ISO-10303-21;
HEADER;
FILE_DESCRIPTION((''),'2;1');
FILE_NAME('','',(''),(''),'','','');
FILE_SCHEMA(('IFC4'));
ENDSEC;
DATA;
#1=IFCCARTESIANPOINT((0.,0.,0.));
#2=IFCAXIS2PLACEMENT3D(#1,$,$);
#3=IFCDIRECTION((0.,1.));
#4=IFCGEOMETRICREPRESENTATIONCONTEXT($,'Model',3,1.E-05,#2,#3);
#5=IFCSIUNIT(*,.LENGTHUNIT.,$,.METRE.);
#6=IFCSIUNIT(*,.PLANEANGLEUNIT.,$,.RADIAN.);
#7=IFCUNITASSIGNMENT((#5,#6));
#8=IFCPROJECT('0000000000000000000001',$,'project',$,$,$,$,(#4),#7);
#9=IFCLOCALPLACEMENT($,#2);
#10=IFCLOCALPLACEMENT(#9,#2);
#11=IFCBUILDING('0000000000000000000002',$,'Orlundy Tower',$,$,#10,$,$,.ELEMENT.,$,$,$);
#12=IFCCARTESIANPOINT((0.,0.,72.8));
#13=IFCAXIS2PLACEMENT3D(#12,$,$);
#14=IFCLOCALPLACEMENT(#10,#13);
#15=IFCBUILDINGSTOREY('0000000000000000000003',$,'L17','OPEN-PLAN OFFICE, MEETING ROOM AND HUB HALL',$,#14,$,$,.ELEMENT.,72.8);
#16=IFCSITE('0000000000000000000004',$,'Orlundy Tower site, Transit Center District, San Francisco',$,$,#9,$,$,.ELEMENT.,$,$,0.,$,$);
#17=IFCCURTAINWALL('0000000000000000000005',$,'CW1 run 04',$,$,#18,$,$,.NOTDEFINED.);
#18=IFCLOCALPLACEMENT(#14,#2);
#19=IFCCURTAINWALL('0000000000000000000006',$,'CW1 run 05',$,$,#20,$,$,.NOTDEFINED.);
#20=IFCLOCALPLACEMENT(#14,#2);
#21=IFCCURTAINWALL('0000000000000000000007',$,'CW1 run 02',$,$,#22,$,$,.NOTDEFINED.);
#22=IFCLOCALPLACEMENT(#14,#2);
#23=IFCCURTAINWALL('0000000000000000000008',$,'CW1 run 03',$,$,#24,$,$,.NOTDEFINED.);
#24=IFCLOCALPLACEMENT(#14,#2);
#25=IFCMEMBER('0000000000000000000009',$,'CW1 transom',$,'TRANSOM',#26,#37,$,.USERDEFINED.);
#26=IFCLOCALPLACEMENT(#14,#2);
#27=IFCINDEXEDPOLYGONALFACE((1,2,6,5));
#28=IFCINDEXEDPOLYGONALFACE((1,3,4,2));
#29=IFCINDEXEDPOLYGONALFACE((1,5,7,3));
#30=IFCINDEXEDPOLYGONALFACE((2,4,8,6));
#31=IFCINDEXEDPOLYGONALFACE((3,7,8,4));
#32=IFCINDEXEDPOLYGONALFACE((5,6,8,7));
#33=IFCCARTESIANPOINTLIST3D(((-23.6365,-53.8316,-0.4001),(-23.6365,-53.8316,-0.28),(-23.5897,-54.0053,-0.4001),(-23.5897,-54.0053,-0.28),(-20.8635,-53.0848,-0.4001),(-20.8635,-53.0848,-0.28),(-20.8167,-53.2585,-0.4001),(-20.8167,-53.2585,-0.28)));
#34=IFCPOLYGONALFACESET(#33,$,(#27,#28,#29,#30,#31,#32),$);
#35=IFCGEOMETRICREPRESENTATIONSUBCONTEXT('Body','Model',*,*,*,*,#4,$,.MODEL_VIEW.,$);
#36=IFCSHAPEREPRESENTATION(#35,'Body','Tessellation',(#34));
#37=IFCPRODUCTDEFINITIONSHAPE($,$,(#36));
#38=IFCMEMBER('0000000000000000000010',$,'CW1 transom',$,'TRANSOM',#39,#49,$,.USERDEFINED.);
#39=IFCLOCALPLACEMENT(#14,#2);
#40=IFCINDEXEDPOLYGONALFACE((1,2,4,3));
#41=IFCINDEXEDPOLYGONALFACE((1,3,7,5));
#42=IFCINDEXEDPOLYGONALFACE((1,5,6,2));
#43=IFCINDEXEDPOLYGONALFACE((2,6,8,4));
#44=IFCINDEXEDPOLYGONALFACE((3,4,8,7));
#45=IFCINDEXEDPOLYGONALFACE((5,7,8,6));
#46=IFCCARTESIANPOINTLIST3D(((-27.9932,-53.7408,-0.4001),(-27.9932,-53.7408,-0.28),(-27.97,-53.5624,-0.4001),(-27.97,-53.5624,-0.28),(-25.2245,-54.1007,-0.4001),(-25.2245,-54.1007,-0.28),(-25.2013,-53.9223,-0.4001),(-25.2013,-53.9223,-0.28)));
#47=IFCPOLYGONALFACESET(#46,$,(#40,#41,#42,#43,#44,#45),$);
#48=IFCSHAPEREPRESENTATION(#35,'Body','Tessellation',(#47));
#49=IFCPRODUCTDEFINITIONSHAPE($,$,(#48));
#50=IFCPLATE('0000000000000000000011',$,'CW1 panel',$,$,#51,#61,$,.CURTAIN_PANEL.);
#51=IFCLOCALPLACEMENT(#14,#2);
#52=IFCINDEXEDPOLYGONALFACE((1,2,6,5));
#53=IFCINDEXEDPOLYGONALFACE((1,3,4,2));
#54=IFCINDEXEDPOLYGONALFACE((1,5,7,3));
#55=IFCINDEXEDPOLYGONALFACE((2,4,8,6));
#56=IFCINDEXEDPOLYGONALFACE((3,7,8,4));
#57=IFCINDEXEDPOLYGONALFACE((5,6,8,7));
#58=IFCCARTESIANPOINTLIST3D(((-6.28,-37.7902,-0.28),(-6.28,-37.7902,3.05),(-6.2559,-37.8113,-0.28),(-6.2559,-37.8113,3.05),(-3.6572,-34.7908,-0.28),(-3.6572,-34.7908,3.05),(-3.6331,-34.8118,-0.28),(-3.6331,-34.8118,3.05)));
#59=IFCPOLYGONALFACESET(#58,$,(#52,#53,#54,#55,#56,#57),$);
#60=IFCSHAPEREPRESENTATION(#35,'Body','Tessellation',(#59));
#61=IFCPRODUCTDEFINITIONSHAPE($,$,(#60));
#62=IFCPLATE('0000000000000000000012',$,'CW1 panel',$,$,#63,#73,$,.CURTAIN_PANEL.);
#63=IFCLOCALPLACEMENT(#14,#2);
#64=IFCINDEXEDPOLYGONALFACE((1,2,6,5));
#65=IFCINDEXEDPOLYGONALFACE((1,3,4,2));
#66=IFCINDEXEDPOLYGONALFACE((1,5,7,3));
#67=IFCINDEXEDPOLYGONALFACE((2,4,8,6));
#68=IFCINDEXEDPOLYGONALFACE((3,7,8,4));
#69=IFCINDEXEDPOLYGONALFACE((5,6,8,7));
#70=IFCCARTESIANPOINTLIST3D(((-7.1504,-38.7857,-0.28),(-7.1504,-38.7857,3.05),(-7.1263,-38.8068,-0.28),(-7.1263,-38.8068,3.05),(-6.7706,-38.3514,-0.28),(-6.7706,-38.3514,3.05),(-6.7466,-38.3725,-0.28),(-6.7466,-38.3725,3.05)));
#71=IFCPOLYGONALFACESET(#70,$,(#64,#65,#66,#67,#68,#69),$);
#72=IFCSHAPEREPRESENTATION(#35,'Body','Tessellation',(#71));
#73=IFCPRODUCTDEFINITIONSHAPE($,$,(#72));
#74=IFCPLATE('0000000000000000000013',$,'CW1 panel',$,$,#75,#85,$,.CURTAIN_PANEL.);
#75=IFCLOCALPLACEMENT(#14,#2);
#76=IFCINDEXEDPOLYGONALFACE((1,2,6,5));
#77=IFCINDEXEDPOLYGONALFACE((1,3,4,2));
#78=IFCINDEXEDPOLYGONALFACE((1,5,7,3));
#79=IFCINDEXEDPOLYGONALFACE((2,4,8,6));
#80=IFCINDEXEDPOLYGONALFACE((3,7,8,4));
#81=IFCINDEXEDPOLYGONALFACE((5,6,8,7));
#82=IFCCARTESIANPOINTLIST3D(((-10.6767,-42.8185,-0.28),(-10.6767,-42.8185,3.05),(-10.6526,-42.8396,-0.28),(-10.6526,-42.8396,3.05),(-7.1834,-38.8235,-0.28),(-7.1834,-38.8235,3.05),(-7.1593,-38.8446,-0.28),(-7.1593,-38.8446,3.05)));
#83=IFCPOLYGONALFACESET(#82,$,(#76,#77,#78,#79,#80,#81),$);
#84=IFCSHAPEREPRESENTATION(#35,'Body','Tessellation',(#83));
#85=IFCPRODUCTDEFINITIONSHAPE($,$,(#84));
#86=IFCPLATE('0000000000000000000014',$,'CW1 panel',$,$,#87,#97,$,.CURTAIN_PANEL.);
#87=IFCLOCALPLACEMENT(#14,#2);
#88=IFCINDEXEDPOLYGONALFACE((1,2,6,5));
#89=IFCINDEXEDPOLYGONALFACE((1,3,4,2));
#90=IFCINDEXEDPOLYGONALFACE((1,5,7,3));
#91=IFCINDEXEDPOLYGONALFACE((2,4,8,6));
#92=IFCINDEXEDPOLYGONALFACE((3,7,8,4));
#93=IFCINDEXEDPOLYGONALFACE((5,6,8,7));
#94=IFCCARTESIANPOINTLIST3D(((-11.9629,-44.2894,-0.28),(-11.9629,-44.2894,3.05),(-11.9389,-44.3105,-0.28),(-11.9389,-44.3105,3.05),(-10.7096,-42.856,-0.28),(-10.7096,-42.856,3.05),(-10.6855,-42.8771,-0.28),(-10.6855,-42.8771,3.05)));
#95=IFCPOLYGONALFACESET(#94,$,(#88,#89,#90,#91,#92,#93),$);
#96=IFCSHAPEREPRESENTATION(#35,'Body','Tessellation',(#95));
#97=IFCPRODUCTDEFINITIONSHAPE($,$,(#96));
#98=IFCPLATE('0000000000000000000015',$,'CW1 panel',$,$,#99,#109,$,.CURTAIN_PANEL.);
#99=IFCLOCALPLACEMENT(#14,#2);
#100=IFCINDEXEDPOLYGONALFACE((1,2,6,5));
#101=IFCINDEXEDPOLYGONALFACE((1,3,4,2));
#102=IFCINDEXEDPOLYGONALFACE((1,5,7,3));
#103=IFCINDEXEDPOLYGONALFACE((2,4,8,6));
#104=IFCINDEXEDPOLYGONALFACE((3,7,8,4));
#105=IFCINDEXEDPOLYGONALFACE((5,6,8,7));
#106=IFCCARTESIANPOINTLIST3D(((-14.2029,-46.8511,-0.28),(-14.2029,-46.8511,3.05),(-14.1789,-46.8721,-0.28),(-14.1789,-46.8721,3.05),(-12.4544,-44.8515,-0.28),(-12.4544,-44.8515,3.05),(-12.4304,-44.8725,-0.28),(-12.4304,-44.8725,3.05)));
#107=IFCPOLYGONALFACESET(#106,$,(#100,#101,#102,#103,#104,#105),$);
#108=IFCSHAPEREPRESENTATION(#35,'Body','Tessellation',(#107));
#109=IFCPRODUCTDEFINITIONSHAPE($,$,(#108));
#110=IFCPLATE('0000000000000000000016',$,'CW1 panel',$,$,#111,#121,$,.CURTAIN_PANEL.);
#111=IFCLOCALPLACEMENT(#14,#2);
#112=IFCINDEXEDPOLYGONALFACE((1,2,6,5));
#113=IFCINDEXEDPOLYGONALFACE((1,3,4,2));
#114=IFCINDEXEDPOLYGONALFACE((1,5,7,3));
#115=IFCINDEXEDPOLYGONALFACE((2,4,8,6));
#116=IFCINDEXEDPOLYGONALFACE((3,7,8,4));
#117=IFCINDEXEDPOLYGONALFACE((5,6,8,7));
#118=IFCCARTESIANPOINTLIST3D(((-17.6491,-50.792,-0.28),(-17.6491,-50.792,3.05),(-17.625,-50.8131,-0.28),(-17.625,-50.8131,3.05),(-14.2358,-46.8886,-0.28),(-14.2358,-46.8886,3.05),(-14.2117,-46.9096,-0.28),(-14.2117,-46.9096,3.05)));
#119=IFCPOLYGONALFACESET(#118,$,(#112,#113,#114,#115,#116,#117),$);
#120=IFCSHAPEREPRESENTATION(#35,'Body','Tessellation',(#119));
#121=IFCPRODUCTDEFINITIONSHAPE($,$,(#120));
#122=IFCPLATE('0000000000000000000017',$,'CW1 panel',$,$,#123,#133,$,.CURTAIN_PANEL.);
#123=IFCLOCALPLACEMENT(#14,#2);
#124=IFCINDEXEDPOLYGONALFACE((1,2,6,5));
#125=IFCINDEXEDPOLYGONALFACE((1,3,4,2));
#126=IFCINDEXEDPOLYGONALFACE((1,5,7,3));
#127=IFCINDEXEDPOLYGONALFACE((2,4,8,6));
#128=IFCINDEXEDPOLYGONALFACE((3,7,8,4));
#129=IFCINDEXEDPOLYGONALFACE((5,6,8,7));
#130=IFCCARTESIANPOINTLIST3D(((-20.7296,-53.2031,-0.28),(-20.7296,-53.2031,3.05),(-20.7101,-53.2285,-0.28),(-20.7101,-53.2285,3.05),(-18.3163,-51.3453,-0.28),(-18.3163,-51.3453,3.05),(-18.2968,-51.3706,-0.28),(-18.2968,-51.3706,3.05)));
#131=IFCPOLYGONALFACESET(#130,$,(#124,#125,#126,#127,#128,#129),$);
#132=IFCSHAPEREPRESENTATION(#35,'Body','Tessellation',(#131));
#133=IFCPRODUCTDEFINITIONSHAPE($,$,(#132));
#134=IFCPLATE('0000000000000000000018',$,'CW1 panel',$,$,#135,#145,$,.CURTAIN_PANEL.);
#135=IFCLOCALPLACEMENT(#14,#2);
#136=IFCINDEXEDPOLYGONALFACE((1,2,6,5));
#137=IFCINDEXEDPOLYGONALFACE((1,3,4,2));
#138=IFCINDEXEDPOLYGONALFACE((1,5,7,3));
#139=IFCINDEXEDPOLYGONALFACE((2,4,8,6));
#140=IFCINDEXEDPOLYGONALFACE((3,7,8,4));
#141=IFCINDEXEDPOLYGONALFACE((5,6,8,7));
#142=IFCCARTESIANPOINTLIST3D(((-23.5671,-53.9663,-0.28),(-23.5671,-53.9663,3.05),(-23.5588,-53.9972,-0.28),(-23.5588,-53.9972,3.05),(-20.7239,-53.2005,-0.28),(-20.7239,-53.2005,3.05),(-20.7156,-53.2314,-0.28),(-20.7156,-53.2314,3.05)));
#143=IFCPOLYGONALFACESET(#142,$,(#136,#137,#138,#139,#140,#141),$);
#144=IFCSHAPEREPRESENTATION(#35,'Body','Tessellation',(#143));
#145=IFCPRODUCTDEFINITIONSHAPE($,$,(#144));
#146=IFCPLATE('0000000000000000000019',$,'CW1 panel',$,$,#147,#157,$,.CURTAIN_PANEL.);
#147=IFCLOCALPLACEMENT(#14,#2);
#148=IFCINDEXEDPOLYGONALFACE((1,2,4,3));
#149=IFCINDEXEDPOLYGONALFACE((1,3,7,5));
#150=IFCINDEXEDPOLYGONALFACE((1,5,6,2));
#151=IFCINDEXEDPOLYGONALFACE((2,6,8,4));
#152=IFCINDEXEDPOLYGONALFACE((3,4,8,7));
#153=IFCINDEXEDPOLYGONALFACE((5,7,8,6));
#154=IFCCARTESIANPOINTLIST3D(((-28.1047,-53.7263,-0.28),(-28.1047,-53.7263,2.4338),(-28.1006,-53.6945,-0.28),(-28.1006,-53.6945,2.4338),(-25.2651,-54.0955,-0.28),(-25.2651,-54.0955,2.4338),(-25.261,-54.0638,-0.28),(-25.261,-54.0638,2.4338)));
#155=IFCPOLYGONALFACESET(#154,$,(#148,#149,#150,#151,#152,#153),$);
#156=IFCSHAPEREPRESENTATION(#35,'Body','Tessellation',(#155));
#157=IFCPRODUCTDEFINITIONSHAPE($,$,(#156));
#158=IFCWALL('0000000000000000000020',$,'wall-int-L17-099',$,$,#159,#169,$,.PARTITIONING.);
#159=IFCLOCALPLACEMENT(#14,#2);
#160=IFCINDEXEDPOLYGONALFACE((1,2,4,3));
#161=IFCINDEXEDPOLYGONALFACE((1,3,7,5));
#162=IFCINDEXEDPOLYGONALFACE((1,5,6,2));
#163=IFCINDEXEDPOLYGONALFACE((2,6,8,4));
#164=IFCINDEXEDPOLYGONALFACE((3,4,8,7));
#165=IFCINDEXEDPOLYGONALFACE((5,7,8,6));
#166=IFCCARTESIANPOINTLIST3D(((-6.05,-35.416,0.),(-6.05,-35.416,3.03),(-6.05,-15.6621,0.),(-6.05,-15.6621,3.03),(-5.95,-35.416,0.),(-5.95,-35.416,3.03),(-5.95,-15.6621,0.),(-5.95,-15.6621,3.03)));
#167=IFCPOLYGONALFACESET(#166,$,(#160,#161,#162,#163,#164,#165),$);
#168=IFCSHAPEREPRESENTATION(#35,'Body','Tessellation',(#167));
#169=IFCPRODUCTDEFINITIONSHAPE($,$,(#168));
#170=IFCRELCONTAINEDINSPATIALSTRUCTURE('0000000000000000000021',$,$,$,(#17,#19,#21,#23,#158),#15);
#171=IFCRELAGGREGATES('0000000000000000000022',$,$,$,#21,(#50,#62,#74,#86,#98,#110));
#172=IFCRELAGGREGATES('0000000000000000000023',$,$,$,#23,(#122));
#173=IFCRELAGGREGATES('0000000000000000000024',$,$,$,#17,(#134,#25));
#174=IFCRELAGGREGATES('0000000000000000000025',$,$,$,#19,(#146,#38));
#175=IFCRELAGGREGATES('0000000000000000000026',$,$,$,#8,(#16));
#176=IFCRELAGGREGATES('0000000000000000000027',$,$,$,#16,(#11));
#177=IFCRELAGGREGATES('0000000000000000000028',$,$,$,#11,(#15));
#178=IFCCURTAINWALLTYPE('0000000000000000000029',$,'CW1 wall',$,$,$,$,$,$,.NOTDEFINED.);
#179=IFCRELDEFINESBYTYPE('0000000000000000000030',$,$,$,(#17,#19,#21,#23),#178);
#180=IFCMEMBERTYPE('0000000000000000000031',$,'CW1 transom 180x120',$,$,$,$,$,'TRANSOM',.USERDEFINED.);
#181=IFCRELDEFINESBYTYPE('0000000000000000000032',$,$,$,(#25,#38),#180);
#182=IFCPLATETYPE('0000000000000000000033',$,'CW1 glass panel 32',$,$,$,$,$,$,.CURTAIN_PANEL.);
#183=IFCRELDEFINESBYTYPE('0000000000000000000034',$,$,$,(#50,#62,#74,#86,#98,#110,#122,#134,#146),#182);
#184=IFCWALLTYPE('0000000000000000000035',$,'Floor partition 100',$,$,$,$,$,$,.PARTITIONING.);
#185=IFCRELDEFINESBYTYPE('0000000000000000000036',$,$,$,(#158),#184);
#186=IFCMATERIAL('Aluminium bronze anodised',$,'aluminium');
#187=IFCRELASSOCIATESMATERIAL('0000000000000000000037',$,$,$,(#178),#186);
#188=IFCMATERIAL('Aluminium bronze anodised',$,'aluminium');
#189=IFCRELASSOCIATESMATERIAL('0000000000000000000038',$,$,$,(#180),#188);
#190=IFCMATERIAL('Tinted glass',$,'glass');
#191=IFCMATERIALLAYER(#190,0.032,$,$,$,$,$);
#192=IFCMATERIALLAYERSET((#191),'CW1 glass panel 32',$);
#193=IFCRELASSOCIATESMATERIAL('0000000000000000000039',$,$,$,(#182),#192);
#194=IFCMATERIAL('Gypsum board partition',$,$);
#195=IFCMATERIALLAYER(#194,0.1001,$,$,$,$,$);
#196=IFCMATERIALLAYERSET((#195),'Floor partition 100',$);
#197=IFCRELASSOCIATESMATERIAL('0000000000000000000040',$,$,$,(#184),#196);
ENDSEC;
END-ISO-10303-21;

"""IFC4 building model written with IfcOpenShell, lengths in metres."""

from ifc_helpers import new_model, si_unit, direction, frame, frame_2d, origin, origin_2d, place, context, subcontext, project, spatial, rectangle, extrude, material, layer, layer_set, material_profile, profile_set, type_object, element, aggregate, save


model = new_model("IFC4")

# Units and contexts
model_context = context("Model", 3, precision=1e-05, world=origin(), true_north=direction((0.0, 1.0)))
body_context = subcontext(model_context, "Body", "Model", "MODEL_VIEW")
ifc_project = project(units=[si_unit("LENGTHUNIT", "METRE"), si_unit("PLANEANGLEUNIT", "RADIAN")], contexts=[model_context])

# Site, building, storey
site_placement = place(None, origin())
site = spatial("IfcSite", under=ifc_project, at=site_placement, Name="Orlundy Tower site, Transit Center District, San Francisco", CompositionType="ELEMENT", RefElevation=0.0)
building_placement = place(site_placement, origin())
building = spatial("IfcBuilding", under=site, at=building_placement, Name="Orlundy Tower", CompositionType="ELEMENT")
storey_placement = place(building_placement, frame((0.0, 0.0, 72.8)))
storey = spatial("IfcBuildingStorey", under=building, at=storey_placement, Name="L17", Description="OPEN-PLAN OFFICE, MEETING ROOM AND HUB HALL", CompositionType="ELEMENT", Elevation=72.8)

# Curtain walls
ifc_material_1 = material(Name="Aluminium bronze anodised", Category="aluminium")
curtain_wall_type = type_object("IfcCurtainWallType", Name="CW1 wall", PredefinedType="NOTDEFINED", material=ifc_material_1)
curtain_wall_1_placement = place(storey_placement, origin())
curtain_wall_1 = element("IfcCurtainWall", 1, at=curtain_wall_1_placement, inside=storey, type_object=curtain_wall_type, Name="CW1 run 04", PredefinedType="NOTDEFINED")
curtain_wall_2_placement = place(storey_placement, origin())
curtain_wall_2 = element("IfcCurtainWall", 2, at=curtain_wall_2_placement, inside=storey, type_object=curtain_wall_type, Name="CW1 run 05", PredefinedType="NOTDEFINED")

# Curtain wall
curtain_wall_3_placement = place(storey_placement, origin())
curtain_wall_3 = element("IfcCurtainWall", 3, at=curtain_wall_3_placement, inside=storey, type_object=curtain_wall_type, Name="CW1 run 02", PredefinedType="NOTDEFINED")
ifc_material_2 = material(Name="Aluminium bronze anodised", Category="aluminium")
ifc_material_profile_1 = material_profile(ifc_material_2, rectangle(XDim=0.1799, YDim=0.1201, at=origin_2d()), Name="CW1 transom 180x120")
ifc_profile_set_1 = profile_set([ifc_material_profile_1], Name="Aluminium bronze anodised")
member_type_1 = type_object("IfcMemberType", Name="CW1 transom 180x120", ElementType="TRANSOM", PredefinedType="USERDEFINED", material=ifc_profile_set_1)

# Curtain wall
curtain_wall_4_placement = place(storey_placement, origin())
curtain_wall_4 = element("IfcCurtainWall", 4, at=curtain_wall_4_placement, inside=storey, type_object=curtain_wall_type, Name="CW1 run 03", PredefinedType="NOTDEFINED")

# Members
member_1_placement = place(storey_placement, frame((-20.8401, -53.1716, -0.3401), z_axis=(-0.965593, -0.260059, 0.0), x_axis=(0.260059, -0.965593, 0.0)))
member_1 = element("IfcMember", 5, at=member_1_placement, type_object=member_type_1, Name="CW1 transom", ObjectType="TRANSOM", PredefinedType="USERDEFINED", context=body_context, shape_type="SweptSolid", body=[
    extrude(rectangle(XDim=0.1799, YDim=0.1201, at=origin_2d()), origin(), (0.0, 0.0, 1.0), 2.8718),
])
member_2_placement = place(storey_placement, frame((-25.2129, -54.0115, -0.3401), z_axis=(-0.991659, 0.128887, 0.0), x_axis=(-0.128887, -0.991659, 0.0)))
member_2 = element("IfcMember", 6, at=member_2_placement, type_object=member_type_1, Name="CW1 transom", ObjectType="TRANSOM", PredefinedType="USERDEFINED", context=body_context, shape_type="SweptSolid", body=[
    extrude(rectangle(XDim=0.1799, YDim=0.1201, at=origin_2d()), origin(), (0.0, 0.0, 1.0), 2.792),
])

# Plates
ifc_material_3 = material(Name="Tinted glass", Category="glass")
ifc_layer_1 = layer(ifc_material_3, 0.032)
ifc_layer_set_1 = layer_set([ifc_layer_1], Name="CW1 glass panel 32")
plate_type = type_object("IfcPlateType", Name="CW1 glass panel 32", PredefinedType="CURTAIN_PANEL", material=ifc_layer_set_1)
plate_1_placement = place(storey_placement, frame((-4.9565, -36.301, -0.28), z_axis=(0.0, 0.0, 1.0), x_axis=(-0.658259, -0.752792, 0.0)))
plate_1 = element("IfcPlate", 7, at=plate_1_placement, type_object=plate_type, Name="CW1 panel", PredefinedType="CURTAIN_PANEL", context=body_context, shape_type="SweptSolid", body=[
    extrude(rectangle(XDim=3.9844, YDim=0.032, at=origin_2d()), origin(), (0.0, 0.0, 1.0), 3.3301),
])
plate_2_placement = place(storey_placement, frame((-6.9485, -38.5791, -0.28), z_axis=(0.0, 0.0, 1.0), x_axis=(-0.658259, -0.752792, 0.0)))
plate_2 = element("IfcPlate", 8, at=plate_2_placement, type_object=plate_type, Name="CW1 panel", PredefinedType="CURTAIN_PANEL", context=body_context, shape_type="SweptSolid", body=[
    extrude(rectangle(XDim=0.5769, YDim=0.032, at=origin_2d()), origin(), (0.0, 0.0, 1.0), 3.3301),
])
plate_3_placement = place(storey_placement, frame((-8.918, -40.8315, -0.28), z_axis=(0.0, 0.0, 1.0), x_axis=(-0.658259, -0.752792, 0.0)))
plate_3 = element("IfcPlate", 9, at=plate_3_placement, type_object=plate_type, Name="CW1 panel", PredefinedType="CURTAIN_PANEL", context=body_context, shape_type="SweptSolid", body=[
    extrude(rectangle(XDim=5.3069, YDim=0.032, at=origin_2d()), origin(), (0.0, 0.0, 1.0), 3.3301),
])
plate_4_placement = place(storey_placement, frame((-11.3242, -43.5833, -0.28), z_axis=(0.0, 0.0, 1.0), x_axis=(-0.658259, -0.752792, 0.0)))
plate_4 = element("IfcPlate", 10, at=plate_4_placement, type_object=plate_type, Name="CW1 panel", PredefinedType="CURTAIN_PANEL", context=body_context, shape_type="SweptSolid", body=[
    extrude(rectangle(XDim=1.9041, YDim=0.032, at=origin_2d()), origin(), (0.0, 0.0, 1.0), 3.3301),
])
plate_5_placement = place(storey_placement, frame((-13.3167, -45.8618, -0.28), z_axis=(0.0, 0.0, 1.0), x_axis=(-0.658259, -0.752792, 0.0)))
plate_5 = element("IfcPlate", 11, at=plate_5_placement, type_object=plate_type, Name="CW1 panel", PredefinedType="CURTAIN_PANEL", context=body_context, shape_type="SweptSolid", body=[
    extrude(rectangle(XDim=2.6562, YDim=0.032, at=origin_2d()), origin(), (0.0, 0.0, 1.0), 3.3301),
])
plate_6_placement = place(storey_placement, frame((-15.9304, -48.8508, -0.28), z_axis=(0.0, 0.0, 1.0), x_axis=(-0.658259, -0.752792, 0.0)))
plate_6 = element("IfcPlate", 12, at=plate_6_placement, type_object=plate_type, Name="CW1 panel", PredefinedType="CURTAIN_PANEL", context=body_context, shape_type="SweptSolid", body=[
    extrude(rectangle(XDim=5.1853, YDim=0.032, at=origin_2d()), origin(), (0.0, 0.0, 1.0), 3.3301),
])
aggregate(curtain_wall_3, [plate_1, plate_2, plate_3, plate_4, plate_5, plate_6])
plate_7_placement = place(storey_placement, frame((-19.5132, -52.2869, -0.28), z_axis=(0.0, 0.0, 1.0), x_axis=(-0.792393, -0.610011, 0.0)))
plate_7 = element("IfcPlate", 13, at=plate_7_placement, type_object=plate_type, Name="CW1 panel", PredefinedType="CURTAIN_PANEL", context=body_context, shape_type="SweptSolid", body=[
    extrude(rectangle(XDim=3.0457, YDim=0.032, at=origin_2d()), origin(), (0.0, 0.0, 1.0), 3.3301),
])
aggregate(curtain_wall_4, [plate_7])
plate_8_placement = place(storey_placement, frame((-22.1414, -53.5989, -0.28), z_axis=(0.0, 0.0, 1.0), x_axis=(-0.965587, -0.26008, 0.0)))
plate_8 = element("IfcPlate", 14, at=plate_8_placement, type_object=plate_type, Name="CW1 panel", PredefinedType="CURTAIN_PANEL", context=body_context, shape_type="SweptSolid", body=[
    extrude(rectangle(XDim=2.9446, YDim=0.032, at=origin_2d()), origin(), (0.0, 0.0, 1.0), 3.3301),
])
aggregate(curtain_wall_1, [plate_8, member_1])
plate_9_placement = place(storey_placement, frame((-26.6829, -53.895, -0.28), z_axis=(0.0, 0.0, 1.0), x_axis=(-0.991651, 0.128947, 0.0)))
plate_9 = element("IfcPlate", 15, at=plate_9_placement, type_object=plate_type, Name="CW1 panel", PredefinedType="CURTAIN_PANEL", context=body_context, shape_type="SweptSolid", body=[
    extrude(rectangle(XDim=2.8635, YDim=0.032, at=origin_2d()), origin(), (0.0, 0.0, 1.0), 2.7139),
])
aggregate(curtain_wall_2, [plate_9, member_2])

# Wall
ifc_material_4 = material(Name="Gypsum board partition")
ifc_layer_2 = layer(ifc_material_4, 0.1001)
ifc_layer_set_2 = layer_set([ifc_layer_2], Name="Floor partition 100")
wall_type = type_object("IfcWallType", Name="Floor partition 100", PredefinedType="PARTITIONING", material=ifc_layer_set_2)
wall_placement = place(storey_placement, frame((-6.0, -35.416, 0.0), z_axis=(0.0, 0.0, 1.0), x_axis=(0.0, 1.0, 0.0)))
element("IfcWall", 16, at=wall_placement, inside=storey, type_object=wall_type, Name="wall-int-L17-099", PredefinedType="PARTITIONING", context=body_context, shape_type="SweptSolid", body=[
    extrude(rectangle(XDim=19.7539, YDim=0.1001, at=frame_2d((9.877, 0.0))), origin(), (0.0, 0.0, 1.0), 3.03),
])

save(model, "model.ifc")
